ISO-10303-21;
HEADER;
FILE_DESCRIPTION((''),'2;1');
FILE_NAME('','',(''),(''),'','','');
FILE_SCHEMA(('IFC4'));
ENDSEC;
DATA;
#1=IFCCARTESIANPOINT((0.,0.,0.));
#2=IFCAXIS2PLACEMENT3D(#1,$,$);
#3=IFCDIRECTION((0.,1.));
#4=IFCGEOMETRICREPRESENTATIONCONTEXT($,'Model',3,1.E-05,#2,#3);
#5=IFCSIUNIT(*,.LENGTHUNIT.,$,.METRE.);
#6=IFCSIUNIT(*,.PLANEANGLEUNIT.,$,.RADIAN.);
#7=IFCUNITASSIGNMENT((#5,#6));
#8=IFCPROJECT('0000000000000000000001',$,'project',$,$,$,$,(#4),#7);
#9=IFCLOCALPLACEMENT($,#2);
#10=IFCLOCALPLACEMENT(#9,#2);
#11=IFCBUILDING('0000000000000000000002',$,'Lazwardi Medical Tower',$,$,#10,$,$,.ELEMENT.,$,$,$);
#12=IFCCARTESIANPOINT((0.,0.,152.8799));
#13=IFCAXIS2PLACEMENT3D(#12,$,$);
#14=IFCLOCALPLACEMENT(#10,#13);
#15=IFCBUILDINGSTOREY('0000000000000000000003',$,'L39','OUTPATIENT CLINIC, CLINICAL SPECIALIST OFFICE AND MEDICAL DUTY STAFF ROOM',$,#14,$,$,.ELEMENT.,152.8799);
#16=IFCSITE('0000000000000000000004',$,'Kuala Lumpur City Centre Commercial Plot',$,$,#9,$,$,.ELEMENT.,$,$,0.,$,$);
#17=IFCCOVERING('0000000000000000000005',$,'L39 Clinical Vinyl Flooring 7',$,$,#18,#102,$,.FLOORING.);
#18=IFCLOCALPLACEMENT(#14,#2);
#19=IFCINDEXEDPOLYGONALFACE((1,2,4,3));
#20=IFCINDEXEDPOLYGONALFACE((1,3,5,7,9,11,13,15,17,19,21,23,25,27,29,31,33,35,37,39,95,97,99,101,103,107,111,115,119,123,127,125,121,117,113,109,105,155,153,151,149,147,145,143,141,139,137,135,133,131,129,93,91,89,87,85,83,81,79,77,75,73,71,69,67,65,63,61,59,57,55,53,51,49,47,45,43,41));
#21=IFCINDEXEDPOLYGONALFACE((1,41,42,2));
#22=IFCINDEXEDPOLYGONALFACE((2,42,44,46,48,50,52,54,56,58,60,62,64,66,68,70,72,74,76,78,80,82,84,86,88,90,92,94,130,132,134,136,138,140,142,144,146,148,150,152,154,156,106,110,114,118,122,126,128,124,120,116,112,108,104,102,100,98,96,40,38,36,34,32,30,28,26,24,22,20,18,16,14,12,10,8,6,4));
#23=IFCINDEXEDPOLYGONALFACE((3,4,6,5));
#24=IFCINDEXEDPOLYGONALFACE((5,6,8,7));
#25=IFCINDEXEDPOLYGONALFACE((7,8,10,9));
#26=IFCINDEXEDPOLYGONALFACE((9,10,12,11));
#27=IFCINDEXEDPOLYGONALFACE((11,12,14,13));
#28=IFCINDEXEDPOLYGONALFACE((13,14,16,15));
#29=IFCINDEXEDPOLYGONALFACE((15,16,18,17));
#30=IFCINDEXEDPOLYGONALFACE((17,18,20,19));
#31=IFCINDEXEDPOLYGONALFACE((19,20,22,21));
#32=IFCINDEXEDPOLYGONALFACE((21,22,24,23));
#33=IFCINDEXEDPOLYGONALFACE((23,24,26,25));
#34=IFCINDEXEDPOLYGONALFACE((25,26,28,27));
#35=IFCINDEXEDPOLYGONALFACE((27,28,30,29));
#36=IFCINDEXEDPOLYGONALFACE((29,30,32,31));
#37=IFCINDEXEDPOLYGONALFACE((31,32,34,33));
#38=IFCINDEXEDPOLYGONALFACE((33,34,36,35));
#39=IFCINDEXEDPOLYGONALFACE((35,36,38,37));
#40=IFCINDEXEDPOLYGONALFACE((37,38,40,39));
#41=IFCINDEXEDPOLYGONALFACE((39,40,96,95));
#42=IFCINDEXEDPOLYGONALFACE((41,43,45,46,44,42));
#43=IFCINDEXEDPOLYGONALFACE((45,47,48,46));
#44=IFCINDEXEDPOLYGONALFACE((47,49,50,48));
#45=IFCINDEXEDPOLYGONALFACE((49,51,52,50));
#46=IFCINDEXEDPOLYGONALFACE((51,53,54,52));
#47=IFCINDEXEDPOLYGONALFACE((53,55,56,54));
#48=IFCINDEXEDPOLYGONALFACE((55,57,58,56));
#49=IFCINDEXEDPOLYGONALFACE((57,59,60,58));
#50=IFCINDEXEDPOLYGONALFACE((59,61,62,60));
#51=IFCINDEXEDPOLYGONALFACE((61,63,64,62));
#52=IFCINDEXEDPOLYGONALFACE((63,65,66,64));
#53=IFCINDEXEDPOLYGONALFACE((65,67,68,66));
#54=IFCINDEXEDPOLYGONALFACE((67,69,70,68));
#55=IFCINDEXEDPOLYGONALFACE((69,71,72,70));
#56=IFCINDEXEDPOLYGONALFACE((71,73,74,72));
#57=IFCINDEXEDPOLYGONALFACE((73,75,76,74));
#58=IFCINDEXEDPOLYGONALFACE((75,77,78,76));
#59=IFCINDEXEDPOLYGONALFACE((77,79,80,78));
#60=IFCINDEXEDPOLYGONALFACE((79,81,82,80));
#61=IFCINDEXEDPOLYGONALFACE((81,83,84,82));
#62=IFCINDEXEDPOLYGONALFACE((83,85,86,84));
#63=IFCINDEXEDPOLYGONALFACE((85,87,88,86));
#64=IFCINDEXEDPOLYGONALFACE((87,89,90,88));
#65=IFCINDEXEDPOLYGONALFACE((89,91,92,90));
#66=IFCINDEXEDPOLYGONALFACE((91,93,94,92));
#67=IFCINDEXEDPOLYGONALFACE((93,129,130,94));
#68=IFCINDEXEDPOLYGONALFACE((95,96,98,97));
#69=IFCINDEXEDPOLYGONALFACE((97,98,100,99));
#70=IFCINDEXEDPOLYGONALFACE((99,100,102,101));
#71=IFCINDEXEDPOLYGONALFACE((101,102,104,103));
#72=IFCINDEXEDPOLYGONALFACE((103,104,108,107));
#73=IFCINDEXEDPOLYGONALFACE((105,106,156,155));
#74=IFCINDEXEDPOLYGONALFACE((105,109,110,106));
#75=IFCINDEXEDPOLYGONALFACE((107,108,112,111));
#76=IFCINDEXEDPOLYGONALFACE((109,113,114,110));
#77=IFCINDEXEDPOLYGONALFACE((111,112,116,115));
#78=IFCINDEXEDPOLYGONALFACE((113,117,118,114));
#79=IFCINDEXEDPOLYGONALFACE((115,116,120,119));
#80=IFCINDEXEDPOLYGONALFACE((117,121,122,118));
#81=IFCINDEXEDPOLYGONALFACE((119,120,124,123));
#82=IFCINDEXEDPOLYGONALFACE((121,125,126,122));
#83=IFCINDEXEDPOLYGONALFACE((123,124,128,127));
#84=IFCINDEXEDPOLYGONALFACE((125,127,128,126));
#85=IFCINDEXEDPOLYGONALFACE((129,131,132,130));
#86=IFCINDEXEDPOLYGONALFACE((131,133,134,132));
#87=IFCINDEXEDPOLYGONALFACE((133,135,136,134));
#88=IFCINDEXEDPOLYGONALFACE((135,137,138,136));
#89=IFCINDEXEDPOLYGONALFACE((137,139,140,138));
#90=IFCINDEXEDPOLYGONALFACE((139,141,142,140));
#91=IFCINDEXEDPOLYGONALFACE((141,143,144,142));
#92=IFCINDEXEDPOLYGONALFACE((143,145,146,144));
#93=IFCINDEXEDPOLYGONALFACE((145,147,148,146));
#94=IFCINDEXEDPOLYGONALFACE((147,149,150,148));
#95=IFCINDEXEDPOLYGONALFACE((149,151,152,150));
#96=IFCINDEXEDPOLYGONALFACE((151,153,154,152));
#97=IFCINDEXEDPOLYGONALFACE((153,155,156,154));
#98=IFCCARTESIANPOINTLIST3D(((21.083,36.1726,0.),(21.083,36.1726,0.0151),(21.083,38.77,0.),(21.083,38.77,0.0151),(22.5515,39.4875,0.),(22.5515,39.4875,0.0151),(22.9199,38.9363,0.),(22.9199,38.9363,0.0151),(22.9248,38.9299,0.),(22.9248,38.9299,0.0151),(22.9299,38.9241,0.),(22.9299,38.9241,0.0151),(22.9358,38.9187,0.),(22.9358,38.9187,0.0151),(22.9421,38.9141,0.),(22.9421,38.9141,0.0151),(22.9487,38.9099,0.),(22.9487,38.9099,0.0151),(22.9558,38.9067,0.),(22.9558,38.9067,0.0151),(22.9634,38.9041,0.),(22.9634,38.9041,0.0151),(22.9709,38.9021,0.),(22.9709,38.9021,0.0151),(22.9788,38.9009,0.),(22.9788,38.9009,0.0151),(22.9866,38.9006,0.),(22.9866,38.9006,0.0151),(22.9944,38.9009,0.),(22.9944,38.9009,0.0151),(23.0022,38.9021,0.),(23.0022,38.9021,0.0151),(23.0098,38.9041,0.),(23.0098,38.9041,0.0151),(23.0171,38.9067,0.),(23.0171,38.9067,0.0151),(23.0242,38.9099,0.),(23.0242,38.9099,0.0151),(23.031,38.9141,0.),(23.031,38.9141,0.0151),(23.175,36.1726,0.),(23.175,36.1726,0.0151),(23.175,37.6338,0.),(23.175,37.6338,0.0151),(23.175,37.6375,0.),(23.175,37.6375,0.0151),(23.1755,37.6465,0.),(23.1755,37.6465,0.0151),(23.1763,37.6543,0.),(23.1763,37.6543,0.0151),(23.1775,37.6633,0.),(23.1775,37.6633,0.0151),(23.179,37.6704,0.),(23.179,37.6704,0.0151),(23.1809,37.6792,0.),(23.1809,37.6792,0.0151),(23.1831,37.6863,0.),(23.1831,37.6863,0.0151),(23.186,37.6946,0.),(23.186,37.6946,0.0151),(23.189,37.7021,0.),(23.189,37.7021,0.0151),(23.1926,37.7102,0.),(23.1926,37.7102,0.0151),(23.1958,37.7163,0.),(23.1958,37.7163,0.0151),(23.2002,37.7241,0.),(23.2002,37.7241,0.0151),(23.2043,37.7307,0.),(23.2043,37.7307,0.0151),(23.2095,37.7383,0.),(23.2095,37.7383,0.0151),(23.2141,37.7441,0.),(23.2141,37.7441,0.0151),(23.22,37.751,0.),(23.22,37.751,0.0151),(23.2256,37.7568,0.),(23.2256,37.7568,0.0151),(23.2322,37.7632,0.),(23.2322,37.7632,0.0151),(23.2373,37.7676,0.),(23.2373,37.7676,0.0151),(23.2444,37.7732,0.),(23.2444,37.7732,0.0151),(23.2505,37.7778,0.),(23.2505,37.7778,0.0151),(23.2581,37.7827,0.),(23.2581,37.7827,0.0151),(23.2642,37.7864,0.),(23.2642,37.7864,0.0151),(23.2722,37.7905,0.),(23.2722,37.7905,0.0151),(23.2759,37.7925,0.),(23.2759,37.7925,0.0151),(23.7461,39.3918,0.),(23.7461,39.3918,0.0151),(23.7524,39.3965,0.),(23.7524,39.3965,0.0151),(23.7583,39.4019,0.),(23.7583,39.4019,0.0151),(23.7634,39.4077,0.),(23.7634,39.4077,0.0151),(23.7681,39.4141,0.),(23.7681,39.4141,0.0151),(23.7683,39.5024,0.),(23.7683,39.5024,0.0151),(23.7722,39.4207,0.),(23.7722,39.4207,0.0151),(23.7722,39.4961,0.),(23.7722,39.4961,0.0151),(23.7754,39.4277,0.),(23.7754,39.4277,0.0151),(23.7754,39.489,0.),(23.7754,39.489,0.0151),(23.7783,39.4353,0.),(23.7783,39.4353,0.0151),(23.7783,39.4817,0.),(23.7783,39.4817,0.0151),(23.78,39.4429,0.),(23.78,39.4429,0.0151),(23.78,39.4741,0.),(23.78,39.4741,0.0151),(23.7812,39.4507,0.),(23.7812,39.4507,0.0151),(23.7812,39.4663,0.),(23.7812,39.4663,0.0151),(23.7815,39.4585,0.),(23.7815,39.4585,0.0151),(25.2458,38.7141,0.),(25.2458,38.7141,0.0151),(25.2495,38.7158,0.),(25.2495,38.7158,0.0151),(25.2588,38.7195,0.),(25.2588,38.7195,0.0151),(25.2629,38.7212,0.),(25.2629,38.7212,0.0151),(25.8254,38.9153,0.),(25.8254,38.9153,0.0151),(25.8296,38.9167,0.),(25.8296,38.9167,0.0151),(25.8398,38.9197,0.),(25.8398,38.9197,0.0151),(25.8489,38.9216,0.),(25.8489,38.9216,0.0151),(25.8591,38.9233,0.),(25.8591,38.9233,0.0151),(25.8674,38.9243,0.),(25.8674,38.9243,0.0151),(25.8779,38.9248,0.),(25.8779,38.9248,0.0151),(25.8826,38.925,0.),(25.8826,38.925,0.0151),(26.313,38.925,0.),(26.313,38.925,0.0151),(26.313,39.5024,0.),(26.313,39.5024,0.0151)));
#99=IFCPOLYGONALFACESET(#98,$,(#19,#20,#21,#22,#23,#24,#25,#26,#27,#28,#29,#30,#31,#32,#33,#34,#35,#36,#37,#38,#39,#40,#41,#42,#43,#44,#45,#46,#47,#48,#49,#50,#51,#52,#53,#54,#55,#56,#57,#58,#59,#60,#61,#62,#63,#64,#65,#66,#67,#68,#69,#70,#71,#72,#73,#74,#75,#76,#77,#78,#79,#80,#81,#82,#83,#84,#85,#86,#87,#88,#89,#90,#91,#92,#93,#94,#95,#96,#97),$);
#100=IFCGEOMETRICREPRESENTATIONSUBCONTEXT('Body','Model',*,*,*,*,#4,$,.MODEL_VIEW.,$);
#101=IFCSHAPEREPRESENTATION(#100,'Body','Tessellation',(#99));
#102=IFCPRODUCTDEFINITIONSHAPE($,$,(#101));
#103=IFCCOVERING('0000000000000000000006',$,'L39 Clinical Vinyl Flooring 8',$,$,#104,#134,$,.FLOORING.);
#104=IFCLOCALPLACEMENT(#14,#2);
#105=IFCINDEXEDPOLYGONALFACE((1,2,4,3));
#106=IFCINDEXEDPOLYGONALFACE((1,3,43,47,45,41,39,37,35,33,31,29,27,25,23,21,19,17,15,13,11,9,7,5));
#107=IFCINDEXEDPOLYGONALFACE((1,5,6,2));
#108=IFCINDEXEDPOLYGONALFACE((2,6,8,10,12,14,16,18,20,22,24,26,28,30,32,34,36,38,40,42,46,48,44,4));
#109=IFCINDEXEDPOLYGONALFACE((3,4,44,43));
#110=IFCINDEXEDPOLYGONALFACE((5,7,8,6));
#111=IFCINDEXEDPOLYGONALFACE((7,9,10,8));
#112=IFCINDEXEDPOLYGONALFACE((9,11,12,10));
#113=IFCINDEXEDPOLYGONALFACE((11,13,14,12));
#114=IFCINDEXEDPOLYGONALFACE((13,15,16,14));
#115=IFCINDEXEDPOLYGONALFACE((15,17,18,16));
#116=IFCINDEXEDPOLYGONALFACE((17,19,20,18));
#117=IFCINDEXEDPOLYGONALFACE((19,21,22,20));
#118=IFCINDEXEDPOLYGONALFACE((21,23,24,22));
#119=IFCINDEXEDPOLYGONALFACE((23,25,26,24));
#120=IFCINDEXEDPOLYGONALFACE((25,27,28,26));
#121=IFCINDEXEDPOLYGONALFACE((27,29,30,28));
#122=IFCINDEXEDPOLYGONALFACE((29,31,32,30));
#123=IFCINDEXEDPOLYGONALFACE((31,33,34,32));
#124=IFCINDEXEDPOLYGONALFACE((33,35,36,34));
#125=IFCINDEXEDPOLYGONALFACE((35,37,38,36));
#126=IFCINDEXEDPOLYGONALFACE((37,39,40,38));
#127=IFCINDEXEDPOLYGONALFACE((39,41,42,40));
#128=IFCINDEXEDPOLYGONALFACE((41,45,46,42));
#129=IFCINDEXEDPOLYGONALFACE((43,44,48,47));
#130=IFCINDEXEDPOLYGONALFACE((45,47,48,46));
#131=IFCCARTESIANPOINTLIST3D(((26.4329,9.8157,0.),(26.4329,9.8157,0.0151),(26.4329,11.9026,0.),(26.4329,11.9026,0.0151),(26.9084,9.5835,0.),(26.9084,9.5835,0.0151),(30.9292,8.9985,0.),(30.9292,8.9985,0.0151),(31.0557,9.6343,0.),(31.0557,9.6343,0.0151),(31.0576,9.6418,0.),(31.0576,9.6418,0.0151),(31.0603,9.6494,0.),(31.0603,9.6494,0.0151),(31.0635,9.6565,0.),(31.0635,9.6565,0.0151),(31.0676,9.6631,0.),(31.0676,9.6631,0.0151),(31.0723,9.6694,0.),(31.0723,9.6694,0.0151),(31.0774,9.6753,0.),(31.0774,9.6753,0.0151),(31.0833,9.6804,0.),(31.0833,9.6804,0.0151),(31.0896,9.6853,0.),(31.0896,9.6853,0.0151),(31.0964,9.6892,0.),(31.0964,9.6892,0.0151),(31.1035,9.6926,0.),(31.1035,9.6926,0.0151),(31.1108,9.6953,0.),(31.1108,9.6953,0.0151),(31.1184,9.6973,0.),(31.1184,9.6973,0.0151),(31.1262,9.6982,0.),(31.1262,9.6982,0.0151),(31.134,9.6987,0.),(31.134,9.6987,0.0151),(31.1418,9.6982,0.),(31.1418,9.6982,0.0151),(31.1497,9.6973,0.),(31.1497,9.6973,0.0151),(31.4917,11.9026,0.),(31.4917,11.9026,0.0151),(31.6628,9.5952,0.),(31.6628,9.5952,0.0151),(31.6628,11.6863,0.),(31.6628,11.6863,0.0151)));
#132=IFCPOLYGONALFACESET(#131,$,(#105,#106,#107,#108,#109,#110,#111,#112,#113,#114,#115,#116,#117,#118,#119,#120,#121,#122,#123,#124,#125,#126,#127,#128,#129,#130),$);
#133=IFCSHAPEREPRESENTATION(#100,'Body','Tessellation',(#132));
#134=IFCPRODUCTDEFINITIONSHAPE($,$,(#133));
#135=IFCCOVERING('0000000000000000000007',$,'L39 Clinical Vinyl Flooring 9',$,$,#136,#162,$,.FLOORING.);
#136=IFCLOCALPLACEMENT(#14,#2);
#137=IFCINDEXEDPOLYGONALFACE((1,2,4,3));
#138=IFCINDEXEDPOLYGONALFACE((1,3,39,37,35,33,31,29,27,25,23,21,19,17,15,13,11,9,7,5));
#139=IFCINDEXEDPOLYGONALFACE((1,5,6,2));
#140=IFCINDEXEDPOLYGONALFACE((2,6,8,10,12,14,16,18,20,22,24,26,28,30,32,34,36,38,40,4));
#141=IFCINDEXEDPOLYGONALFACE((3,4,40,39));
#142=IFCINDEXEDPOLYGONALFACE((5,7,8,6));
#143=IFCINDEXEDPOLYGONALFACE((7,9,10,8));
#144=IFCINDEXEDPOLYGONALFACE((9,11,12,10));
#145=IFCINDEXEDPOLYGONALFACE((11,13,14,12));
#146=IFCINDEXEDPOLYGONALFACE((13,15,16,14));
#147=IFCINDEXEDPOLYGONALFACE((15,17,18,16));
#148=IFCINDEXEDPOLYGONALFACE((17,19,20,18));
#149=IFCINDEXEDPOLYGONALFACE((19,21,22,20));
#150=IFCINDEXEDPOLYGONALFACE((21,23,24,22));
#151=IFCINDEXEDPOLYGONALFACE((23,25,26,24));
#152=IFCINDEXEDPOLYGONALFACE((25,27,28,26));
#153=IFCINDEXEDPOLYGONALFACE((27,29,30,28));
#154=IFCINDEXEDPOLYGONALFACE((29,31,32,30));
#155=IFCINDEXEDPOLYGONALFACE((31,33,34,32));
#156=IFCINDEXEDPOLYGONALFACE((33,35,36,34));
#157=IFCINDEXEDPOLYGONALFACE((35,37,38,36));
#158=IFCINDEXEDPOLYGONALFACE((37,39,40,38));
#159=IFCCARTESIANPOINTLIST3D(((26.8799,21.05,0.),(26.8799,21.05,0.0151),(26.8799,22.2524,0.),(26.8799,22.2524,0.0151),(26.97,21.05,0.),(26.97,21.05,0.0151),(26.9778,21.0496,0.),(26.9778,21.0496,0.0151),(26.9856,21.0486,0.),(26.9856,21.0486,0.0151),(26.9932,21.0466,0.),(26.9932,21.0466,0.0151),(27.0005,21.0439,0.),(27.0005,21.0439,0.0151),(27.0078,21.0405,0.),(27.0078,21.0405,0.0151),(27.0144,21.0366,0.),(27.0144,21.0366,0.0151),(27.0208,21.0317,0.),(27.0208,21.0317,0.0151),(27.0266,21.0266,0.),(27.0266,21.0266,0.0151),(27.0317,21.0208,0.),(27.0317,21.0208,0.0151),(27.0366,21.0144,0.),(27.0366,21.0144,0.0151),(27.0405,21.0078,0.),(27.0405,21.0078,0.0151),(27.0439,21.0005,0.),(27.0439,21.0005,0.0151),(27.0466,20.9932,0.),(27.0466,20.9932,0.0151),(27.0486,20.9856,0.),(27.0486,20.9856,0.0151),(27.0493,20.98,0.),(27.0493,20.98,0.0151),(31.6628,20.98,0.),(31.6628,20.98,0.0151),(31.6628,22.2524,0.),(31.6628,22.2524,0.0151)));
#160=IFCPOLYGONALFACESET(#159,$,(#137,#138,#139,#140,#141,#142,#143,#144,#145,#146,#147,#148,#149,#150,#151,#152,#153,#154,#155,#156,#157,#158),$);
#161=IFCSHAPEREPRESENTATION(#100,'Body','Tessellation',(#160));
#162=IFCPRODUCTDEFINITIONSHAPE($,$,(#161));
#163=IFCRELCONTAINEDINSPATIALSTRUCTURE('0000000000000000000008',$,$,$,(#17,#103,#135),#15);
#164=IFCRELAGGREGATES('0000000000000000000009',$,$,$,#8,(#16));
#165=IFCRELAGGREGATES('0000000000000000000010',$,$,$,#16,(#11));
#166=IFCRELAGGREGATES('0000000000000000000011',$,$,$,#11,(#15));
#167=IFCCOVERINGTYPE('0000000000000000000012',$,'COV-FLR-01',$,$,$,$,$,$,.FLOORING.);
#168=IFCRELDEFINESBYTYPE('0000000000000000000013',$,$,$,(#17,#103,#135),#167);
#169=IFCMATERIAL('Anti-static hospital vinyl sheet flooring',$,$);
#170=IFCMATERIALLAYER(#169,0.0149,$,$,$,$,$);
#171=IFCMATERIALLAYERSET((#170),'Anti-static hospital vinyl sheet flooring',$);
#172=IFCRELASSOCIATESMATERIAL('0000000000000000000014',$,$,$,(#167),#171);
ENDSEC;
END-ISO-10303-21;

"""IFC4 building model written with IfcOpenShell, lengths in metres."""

from ifc_helpers import new_model, si_unit, direction, frame, origin, place, context, subcontext, project, spatial, polyline, outline, extrude, material, layer, layer_set, type_object, element, save


model = new_model("IFC4")

# Units and contexts
model_context = context("Model", 3, precision=1e-05, world=origin(), true_north=direction((0.0, 1.0)))
body_context = subcontext(model_context, "Body", "Model", "MODEL_VIEW")
ifc_project = project(units=[si_unit("LENGTHUNIT", "METRE"), si_unit("PLANEANGLEUNIT", "RADIAN")], contexts=[model_context])

# Site, building, storey
site_placement = place(None, origin())
site = spatial("IfcSite", under=ifc_project, at=site_placement, Name="Kuala Lumpur City Centre Commercial Plot", CompositionType="ELEMENT", RefElevation=0.0)
building_placement = place(site_placement, origin())
building = spatial("IfcBuilding", under=site, at=building_placement, Name="Lazwardi Medical Tower", CompositionType="ELEMENT")
storey_placement = place(building_placement, frame((0.0, 0.0, 152.8799)))
storey = spatial("IfcBuildingStorey", under=building, at=storey_placement, Name="L39", Description="OUTPATIENT CLINIC, CLINICAL SPECIALIST OFFICE AND MEDICAL DUTY STAFF ROOM", CompositionType="ELEMENT", Elevation=152.8799)

# Coverings
ifc_material_1 = material(Name="Anti-static hospital vinyl sheet flooring")
ifc_layer_1 = layer(ifc_material_1, 0.0149)
ifc_layer_set_1 = layer_set([ifc_layer_1], Name="Anti-static hospital vinyl sheet flooring")
covering_type_1 = type_object("IfcCoveringType", Name="COV-FLR-01", PredefinedType="FLOORING", material=ifc_layer_set_1)
covering_1_placement = place(storey_placement, origin())
element("IfcCovering", 1, at=covering_1_placement, inside=storey, type_object=covering_type_1, Name="L39 Clinical Vinyl Flooring 7", PredefinedType="FLOORING", context=body_context, shape_type="SweptSolid", body=[
    extrude(outline(polyline([(23.7683, 39.5024), (23.7722, 39.4961), (23.7754, 39.489), (23.7783, 39.4817), (23.78, 39.4741), (23.7812, 39.4663), (23.7815, 39.4585), (23.7812, 39.4507), (23.78, 39.4429), (23.7783, 39.4353), (23.7754, 39.4277), (23.7722, 39.4207), (23.7681, 39.4141), (23.7634, 39.4077), (23.7583, 39.4019), (23.7524, 39.3965), (23.7461, 39.3918), (23.031, 38.9141), (23.0242, 38.9099), (23.0171, 38.9067), (23.0098, 38.9041), (23.0022, 38.9021), (22.9944, 38.9009), (22.9866, 38.9006), (22.9788, 38.9009), (22.9709, 38.9021), (22.9634, 38.9041), (22.9558, 38.9067), (22.9487, 38.9099), (22.9421, 38.9141), (22.9358, 38.9187), (22.9299, 38.9241), (22.9248, 38.9299), (22.9199, 38.9363), (22.5515, 39.4875), (21.083, 38.77), (21.083, 36.1726), (23.175, 36.1726), (23.175, 37.6338), (23.175, 37.6375), (23.1755, 37.6465), (23.1763, 37.6543), (23.1775, 37.6633), (23.179, 37.6704), (23.1809, 37.6792), (23.1831, 37.6863), (23.186, 37.6946), (23.189, 37.7021), (23.1926, 37.7102), (23.1958, 37.7163), (23.2002, 37.7241), (23.2043, 37.7307), (23.2095, 37.7383), (23.2141, 37.7441), (23.22, 37.751), (23.2256, 37.7568), (23.2322, 37.7632), (23.2373, 37.7676), (23.2444, 37.7732), (23.2505, 37.7778), (23.2581, 37.7827), (23.2642, 37.7864), (23.2722, 37.7905), (23.2759, 37.7925), (25.2458, 38.7141), (25.2495, 38.7158), (25.2588, 38.7195), (25.2629, 38.7212), (25.8254, 38.9153), (25.8296, 38.9167), (25.8398, 38.9197), (25.8489, 38.9216), (25.8591, 38.9233), (25.8674, 38.9243), (25.8779, 38.9248), (25.8826, 38.925), (26.313, 38.925), (26.313, 39.5024), (23.7683, 39.5024)])), origin(), (0.0, 0.0, 1.0), 0.0151),
])
covering_2_placement = place(storey_placement, origin())
element("IfcCovering", 2, at=covering_2_placement, inside=storey, type_object=covering_type_1, Name="L39 Clinical Vinyl Flooring 8", PredefinedType="FLOORING", context=body_context, shape_type="SweptSolid", body=[
    extrude(outline(polyline([(31.6628, 11.6863), (31.4917, 11.9026), (26.4329, 11.9026), (26.4329, 9.8157), (26.9084, 9.5835), (30.9292, 8.9985), (31.0557, 9.6343), (31.0576, 9.6418), (31.0603, 9.6494), (31.0635, 9.6565), (31.0676, 9.6631), (31.0723, 9.6694), (31.0774, 9.6753), (31.0833, 9.6804), (31.0896, 9.6853), (31.0964, 9.6892), (31.1035, 9.6926), (31.1108, 9.6953), (31.1184, 9.6973), (31.1262, 9.6982), (31.134, 9.6987), (31.1418, 9.6982), (31.1497, 9.6973), (31.6628, 9.5952), (31.6628, 11.6863)])), origin(), (0.0, 0.0, 1.0), 0.0151),
])
covering_3_placement = place(storey_placement, origin())
element("IfcCovering", 3, at=covering_3_placement, inside=storey, type_object=covering_type_1, Name="L39 Clinical Vinyl Flooring 9", PredefinedType="FLOORING", context=body_context, shape_type="SweptSolid", body=[
    extrude(outline(polyline([(26.8799, 22.2524), (26.8799, 21.05), (26.97, 21.05), (26.9778, 21.0496), (26.9856, 21.0486), (26.9932, 21.0466), (27.0005, 21.0439), (27.0078, 21.0405), (27.0144, 21.0366), (27.0208, 21.0317), (27.0266, 21.0266), (27.0317, 21.0208), (27.0366, 21.0144), (27.0405, 21.0078), (27.0439, 21.0005), (27.0466, 20.9932), (27.0486, 20.9856), (27.0493, 20.98), (31.6628, 20.98), (31.6628, 22.2524), (26.8799, 22.2524)])), origin(), (0.0, 0.0, 1.0), 0.0151),
])

save(model, "model.ifc")
